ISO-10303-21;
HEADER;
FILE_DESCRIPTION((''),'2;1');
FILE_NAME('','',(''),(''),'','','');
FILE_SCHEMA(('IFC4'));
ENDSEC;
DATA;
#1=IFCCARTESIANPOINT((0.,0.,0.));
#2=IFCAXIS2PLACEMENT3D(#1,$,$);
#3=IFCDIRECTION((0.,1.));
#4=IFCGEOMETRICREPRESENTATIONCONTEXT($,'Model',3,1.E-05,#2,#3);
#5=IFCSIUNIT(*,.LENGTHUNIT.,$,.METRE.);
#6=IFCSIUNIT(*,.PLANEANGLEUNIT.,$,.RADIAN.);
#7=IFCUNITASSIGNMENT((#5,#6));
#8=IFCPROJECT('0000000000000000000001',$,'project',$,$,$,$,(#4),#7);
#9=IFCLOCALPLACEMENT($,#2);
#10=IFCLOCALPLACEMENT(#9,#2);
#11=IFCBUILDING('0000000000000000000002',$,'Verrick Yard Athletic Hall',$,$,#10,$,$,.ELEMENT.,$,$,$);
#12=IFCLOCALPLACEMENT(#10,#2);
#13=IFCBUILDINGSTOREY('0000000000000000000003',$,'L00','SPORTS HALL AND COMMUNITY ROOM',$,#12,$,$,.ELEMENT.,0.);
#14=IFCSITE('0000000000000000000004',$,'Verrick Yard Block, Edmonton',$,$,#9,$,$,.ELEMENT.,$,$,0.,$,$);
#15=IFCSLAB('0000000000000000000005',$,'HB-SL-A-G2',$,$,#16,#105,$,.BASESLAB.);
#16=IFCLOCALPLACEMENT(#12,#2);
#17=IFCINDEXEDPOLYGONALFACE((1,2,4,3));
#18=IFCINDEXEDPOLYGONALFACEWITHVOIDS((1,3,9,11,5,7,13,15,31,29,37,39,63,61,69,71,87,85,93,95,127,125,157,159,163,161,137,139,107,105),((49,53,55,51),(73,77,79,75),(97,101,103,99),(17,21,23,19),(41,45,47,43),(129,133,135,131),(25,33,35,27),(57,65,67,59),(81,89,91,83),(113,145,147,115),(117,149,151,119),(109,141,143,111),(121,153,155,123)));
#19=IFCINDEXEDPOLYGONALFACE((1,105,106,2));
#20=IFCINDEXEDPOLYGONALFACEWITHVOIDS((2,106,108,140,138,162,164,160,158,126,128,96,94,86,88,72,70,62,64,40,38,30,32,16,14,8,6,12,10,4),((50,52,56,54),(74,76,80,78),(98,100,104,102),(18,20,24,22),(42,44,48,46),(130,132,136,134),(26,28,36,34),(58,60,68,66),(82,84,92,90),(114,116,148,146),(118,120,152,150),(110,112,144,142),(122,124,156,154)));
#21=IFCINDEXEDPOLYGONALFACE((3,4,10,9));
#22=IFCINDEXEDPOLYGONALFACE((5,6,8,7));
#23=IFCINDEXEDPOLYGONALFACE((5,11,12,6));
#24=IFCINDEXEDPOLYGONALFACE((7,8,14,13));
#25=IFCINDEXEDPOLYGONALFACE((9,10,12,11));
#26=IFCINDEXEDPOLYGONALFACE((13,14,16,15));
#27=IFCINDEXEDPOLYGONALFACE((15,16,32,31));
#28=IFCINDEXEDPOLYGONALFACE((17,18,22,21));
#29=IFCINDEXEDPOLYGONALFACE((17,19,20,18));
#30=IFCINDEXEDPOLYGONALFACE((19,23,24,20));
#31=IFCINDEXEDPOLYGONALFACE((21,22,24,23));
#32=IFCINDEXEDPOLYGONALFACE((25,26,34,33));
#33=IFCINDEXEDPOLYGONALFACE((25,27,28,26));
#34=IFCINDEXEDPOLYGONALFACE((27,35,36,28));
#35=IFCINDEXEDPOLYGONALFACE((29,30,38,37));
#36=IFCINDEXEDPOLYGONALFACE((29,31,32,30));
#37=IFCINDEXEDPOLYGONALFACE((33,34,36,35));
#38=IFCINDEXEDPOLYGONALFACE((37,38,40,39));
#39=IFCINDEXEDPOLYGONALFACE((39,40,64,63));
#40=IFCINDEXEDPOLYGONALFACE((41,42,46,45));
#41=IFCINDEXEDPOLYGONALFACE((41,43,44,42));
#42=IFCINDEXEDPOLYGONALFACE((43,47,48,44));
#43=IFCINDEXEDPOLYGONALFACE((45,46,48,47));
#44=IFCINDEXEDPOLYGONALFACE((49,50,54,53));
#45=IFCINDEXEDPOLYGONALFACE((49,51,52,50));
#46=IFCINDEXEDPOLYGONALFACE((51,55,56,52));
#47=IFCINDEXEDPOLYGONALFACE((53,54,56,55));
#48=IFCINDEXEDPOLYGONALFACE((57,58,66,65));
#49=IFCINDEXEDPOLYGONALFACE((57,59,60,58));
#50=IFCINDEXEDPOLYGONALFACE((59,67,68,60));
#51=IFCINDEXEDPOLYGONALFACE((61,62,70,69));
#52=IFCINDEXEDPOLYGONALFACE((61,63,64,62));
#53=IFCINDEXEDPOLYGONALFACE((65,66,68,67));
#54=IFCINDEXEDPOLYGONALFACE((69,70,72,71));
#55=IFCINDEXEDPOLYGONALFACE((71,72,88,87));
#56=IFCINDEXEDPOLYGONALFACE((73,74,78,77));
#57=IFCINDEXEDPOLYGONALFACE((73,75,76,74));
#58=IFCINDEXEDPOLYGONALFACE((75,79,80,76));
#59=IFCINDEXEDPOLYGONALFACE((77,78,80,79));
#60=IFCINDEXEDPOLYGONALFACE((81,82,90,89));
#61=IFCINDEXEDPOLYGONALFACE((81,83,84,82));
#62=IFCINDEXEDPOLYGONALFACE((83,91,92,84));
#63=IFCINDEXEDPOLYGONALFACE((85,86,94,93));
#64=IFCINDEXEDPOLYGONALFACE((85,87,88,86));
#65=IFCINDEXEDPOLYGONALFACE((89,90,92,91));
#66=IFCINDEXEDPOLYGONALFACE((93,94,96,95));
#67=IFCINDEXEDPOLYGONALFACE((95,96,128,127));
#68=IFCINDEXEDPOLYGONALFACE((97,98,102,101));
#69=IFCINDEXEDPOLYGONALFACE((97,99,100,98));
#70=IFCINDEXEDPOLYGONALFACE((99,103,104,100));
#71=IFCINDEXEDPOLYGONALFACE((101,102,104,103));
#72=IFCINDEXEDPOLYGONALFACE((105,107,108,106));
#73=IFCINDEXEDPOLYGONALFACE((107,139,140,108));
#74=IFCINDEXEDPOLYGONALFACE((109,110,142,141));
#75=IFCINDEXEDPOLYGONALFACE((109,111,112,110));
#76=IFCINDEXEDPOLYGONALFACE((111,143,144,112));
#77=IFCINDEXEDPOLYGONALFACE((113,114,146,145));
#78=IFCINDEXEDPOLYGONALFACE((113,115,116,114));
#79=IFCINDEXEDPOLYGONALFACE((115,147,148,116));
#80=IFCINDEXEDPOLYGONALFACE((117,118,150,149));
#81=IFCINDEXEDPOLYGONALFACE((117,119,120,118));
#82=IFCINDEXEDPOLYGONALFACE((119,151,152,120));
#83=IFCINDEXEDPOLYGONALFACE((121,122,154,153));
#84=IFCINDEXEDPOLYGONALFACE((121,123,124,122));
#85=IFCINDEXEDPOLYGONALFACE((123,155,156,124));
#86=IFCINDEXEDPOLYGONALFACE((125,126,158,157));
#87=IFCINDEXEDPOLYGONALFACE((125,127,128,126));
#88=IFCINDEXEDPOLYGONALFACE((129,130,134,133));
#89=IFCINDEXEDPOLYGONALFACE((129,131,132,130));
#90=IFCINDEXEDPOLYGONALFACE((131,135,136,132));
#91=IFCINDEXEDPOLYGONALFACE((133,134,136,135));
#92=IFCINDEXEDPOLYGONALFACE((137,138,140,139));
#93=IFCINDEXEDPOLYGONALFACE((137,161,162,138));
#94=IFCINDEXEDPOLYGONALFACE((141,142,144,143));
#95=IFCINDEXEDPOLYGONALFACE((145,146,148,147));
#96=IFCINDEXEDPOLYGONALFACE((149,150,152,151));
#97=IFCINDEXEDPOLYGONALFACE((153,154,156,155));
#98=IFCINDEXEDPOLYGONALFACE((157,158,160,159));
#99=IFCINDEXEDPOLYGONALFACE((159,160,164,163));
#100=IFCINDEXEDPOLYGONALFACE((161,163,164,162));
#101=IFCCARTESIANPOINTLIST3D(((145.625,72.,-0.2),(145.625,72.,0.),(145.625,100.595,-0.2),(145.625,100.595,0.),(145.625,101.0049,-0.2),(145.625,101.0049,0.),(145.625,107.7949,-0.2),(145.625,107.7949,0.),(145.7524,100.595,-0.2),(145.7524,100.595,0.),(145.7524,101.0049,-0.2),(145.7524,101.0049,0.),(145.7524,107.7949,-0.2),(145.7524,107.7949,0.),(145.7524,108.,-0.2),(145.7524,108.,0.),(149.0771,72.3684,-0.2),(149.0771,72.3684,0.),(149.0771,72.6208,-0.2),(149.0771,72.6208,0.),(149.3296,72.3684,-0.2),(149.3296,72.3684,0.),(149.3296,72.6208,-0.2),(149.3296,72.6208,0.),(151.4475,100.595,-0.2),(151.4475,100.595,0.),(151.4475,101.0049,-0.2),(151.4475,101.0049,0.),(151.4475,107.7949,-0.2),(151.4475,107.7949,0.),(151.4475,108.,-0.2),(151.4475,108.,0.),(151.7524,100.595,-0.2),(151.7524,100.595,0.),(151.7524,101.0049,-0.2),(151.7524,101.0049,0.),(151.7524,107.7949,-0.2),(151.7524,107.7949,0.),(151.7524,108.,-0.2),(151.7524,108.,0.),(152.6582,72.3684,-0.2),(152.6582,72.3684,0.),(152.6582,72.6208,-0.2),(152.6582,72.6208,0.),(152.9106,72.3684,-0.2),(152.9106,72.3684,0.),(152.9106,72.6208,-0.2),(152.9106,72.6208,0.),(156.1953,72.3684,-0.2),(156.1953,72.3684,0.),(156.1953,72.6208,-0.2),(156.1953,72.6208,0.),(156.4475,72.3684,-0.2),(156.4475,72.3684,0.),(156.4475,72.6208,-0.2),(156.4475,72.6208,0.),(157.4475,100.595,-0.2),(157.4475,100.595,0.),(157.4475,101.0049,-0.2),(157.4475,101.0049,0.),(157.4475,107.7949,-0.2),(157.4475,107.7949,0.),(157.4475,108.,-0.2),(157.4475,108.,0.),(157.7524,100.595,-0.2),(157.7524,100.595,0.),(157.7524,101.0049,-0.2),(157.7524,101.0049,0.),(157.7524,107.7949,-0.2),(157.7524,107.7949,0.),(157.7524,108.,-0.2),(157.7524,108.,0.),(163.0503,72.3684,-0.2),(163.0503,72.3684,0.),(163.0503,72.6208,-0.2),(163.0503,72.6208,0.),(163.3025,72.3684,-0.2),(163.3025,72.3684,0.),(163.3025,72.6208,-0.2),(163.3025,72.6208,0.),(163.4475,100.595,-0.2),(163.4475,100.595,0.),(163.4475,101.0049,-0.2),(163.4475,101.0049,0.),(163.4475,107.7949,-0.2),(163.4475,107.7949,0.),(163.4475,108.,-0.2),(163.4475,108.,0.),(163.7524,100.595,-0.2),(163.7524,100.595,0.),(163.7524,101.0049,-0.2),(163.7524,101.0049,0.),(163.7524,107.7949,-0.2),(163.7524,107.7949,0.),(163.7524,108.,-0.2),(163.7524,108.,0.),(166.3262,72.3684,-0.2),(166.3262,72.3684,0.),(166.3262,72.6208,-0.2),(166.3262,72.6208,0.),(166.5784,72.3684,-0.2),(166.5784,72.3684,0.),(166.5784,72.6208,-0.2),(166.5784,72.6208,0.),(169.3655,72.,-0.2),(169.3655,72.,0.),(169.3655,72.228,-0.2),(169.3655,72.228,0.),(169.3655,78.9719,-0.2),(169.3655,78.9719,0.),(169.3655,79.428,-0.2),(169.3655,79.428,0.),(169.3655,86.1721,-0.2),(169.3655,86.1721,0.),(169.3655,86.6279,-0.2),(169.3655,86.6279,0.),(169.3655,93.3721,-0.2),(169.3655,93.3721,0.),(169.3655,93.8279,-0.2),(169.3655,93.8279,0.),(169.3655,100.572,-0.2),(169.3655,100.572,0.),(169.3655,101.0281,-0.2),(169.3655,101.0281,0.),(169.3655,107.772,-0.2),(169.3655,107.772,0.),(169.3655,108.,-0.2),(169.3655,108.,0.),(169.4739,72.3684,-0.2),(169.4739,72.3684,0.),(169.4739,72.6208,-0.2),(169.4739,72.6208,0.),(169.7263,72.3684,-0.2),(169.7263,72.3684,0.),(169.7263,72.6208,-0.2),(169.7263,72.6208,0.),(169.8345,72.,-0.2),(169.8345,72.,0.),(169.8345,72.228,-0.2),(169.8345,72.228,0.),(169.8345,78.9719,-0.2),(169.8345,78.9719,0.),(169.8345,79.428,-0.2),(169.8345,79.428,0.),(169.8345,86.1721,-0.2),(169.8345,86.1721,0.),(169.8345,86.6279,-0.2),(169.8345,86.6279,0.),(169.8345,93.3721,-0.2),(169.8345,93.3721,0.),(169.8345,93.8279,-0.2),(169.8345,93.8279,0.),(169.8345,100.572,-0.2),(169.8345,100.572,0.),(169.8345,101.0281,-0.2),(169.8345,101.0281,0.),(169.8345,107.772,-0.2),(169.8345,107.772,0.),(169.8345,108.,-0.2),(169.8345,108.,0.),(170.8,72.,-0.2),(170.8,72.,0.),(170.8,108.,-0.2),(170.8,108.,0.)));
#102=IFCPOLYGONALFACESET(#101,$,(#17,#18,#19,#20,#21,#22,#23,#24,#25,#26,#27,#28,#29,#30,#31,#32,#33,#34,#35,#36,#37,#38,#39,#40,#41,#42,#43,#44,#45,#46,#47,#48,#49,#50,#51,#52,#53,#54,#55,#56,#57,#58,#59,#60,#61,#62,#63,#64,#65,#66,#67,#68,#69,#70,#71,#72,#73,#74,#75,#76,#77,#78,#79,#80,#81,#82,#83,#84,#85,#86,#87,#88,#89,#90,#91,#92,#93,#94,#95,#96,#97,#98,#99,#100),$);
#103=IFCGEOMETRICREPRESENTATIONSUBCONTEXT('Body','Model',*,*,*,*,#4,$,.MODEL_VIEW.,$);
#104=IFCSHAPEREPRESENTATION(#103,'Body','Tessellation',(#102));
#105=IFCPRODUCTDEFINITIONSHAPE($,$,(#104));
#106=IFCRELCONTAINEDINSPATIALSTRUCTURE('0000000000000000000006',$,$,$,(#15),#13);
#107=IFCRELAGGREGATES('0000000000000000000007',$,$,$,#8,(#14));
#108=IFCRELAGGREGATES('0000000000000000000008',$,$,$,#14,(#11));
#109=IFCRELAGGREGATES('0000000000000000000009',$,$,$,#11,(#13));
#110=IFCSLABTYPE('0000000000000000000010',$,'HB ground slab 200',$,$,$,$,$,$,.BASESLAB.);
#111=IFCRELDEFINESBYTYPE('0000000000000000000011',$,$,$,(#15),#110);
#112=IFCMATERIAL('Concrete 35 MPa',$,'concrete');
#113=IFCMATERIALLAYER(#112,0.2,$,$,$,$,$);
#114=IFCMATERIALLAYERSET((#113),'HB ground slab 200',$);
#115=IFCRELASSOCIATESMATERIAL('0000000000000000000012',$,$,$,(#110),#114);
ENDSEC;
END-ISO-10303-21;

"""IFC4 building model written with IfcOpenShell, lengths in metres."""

from ifc_helpers import new_model, si_unit, direction, frame, origin, place, context, subcontext, project, spatial, polyline, outline, extrude, material, layer, layer_set, type_object, element, save


model = new_model("IFC4")

# Units and contexts
model_context = context("Model", 3, precision=1e-05, world=origin(), true_north=direction((0.0, 1.0)))
body_context = subcontext(model_context, "Body", "Model", "MODEL_VIEW")
ifc_project = project(units=[si_unit("LENGTHUNIT", "METRE"), si_unit("PLANEANGLEUNIT", "RADIAN")], contexts=[model_context])

# Site, building, storey
site_placement = place(None, origin())
site = spatial("IfcSite", under=ifc_project, at=site_placement, Name="Verrick Yard Block, Edmonton", CompositionType="ELEMENT", RefElevation=0.0)
building_placement = place(site_placement, origin())
building = spatial("IfcBuilding", under=site, at=building_placement, Name="Verrick Yard Athletic Hall", CompositionType="ELEMENT")
storey_placement = place(building_placement, origin())
storey = spatial("IfcBuildingStorey", under=building, at=storey_placement, Name="L00", Description="SPORTS HALL AND COMMUNITY ROOM", CompositionType="ELEMENT", Elevation=0.0)

# Slab
ifc_material_1 = material(Name="Concrete 35 MPa", Category="concrete")
ifc_layer_1 = layer(ifc_material_1, 0.2)
ifc_layer_set_1 = layer_set([ifc_layer_1], Name="HB ground slab 200")
slab_type_1 = type_object("IfcSlabType", Name="HB ground slab 200", PredefinedType="BASESLAB", material=ifc_layer_set_1)
slab_1_placement = place(storey_placement, frame((0.0, 0.0, -0.2)))
element("IfcSlab", 1, at=slab_1_placement, inside=storey, type_object=slab_type_1, Name="HB-SL-A-G2", PredefinedType="BASESLAB", context=body_context, shape_type="SweptSolid", body=[
    extrude(outline(polyline([(170.8, 108.0), (170.8, 72.0), (169.8345, 72.0), (169.8345, 72.228), (169.3655, 72.228), (169.3655, 72.0), (145.625, 72.0), (145.625, 100.595), (145.7524, 100.595), (145.7524, 101.0049), (145.625, 101.0049), (145.625, 107.7949), (145.7524, 107.7949), (145.7524, 108.0), (151.4475, 108.0), (151.4475, 107.7949), (151.7524, 107.7949), (151.7524, 108.0), (157.4475, 108.0), (157.4475, 107.7949), (157.7524, 107.7949), (157.7524, 108.0), (163.4475, 108.0), (163.4475, 107.7949), (163.7524, 107.7949), (163.7524, 108.0), (169.3655, 108.0), (169.3655, 107.772), (169.8345, 107.772), (169.8345, 108.0), (170.8, 108.0)]), holes=[polyline([(149.3296, 72.6208), (149.0771, 72.6208), (149.0771, 72.3684), (149.3296, 72.3684), (149.3296, 72.6208)]), polyline([(152.9106, 72.6208), (152.6582, 72.6208), (152.6582, 72.3684), (152.9106, 72.3684), (152.9106, 72.6208)]), polyline([(156.4475, 72.6208), (156.1953, 72.6208), (156.1953, 72.3684), (156.4475, 72.3684), (156.4475, 72.6208)]), polyline([(163.3025, 72.3684), (163.3025, 72.6208), (163.0503, 72.6208), (163.0503, 72.3684), (163.3025, 72.3684)]), polyline([(151.7524, 101.0049), (151.4475, 101.0049), (151.4475, 100.595), (151.7524, 100.595), (151.7524, 101.0049)]), polyline([(157.7524, 101.0049), (157.4475, 101.0049), (157.4475, 100.595), (157.7524, 100.595), (157.7524, 101.0049)]), polyline([(166.5784, 72.6208), (166.3262, 72.6208), (166.3262, 72.3684), (166.5784, 72.3684), (166.5784, 72.6208)]), polyline([(169.7263, 72.6208), (169.4739, 72.6208), (169.4739, 72.3684), (169.7263, 72.3684), (169.7263, 72.6208)]), polyline([(169.8345, 78.9719), (169.8345, 79.428), (169.3655, 79.428), (169.3655, 78.9719), (169.8345, 78.9719)]), polyline([(169.8345, 86.1721), (169.8345, 86.6279), (169.3655, 86.6279), (169.3655, 86.1721), (169.8345, 86.1721)]), polyline([(169.8345, 93.8279), (169.3655, 93.8279), (169.3655, 93.3721), (169.8345, 93.3721), (169.8345, 93.8279)]), polyline([(163.7524, 101.0049), (163.4475, 101.0049), (163.4475, 100.595), (163.7524, 100.595), (163.7524, 101.0049)]), polyline([(169.8345, 101.0281), (169.3655, 101.0281), (169.3655, 100.572), (169.8345, 100.572), (169.8345, 101.0281)])]), origin(), (0.0, 0.0, 1.0), 0.2),
])

save(model, "model.ifc")
